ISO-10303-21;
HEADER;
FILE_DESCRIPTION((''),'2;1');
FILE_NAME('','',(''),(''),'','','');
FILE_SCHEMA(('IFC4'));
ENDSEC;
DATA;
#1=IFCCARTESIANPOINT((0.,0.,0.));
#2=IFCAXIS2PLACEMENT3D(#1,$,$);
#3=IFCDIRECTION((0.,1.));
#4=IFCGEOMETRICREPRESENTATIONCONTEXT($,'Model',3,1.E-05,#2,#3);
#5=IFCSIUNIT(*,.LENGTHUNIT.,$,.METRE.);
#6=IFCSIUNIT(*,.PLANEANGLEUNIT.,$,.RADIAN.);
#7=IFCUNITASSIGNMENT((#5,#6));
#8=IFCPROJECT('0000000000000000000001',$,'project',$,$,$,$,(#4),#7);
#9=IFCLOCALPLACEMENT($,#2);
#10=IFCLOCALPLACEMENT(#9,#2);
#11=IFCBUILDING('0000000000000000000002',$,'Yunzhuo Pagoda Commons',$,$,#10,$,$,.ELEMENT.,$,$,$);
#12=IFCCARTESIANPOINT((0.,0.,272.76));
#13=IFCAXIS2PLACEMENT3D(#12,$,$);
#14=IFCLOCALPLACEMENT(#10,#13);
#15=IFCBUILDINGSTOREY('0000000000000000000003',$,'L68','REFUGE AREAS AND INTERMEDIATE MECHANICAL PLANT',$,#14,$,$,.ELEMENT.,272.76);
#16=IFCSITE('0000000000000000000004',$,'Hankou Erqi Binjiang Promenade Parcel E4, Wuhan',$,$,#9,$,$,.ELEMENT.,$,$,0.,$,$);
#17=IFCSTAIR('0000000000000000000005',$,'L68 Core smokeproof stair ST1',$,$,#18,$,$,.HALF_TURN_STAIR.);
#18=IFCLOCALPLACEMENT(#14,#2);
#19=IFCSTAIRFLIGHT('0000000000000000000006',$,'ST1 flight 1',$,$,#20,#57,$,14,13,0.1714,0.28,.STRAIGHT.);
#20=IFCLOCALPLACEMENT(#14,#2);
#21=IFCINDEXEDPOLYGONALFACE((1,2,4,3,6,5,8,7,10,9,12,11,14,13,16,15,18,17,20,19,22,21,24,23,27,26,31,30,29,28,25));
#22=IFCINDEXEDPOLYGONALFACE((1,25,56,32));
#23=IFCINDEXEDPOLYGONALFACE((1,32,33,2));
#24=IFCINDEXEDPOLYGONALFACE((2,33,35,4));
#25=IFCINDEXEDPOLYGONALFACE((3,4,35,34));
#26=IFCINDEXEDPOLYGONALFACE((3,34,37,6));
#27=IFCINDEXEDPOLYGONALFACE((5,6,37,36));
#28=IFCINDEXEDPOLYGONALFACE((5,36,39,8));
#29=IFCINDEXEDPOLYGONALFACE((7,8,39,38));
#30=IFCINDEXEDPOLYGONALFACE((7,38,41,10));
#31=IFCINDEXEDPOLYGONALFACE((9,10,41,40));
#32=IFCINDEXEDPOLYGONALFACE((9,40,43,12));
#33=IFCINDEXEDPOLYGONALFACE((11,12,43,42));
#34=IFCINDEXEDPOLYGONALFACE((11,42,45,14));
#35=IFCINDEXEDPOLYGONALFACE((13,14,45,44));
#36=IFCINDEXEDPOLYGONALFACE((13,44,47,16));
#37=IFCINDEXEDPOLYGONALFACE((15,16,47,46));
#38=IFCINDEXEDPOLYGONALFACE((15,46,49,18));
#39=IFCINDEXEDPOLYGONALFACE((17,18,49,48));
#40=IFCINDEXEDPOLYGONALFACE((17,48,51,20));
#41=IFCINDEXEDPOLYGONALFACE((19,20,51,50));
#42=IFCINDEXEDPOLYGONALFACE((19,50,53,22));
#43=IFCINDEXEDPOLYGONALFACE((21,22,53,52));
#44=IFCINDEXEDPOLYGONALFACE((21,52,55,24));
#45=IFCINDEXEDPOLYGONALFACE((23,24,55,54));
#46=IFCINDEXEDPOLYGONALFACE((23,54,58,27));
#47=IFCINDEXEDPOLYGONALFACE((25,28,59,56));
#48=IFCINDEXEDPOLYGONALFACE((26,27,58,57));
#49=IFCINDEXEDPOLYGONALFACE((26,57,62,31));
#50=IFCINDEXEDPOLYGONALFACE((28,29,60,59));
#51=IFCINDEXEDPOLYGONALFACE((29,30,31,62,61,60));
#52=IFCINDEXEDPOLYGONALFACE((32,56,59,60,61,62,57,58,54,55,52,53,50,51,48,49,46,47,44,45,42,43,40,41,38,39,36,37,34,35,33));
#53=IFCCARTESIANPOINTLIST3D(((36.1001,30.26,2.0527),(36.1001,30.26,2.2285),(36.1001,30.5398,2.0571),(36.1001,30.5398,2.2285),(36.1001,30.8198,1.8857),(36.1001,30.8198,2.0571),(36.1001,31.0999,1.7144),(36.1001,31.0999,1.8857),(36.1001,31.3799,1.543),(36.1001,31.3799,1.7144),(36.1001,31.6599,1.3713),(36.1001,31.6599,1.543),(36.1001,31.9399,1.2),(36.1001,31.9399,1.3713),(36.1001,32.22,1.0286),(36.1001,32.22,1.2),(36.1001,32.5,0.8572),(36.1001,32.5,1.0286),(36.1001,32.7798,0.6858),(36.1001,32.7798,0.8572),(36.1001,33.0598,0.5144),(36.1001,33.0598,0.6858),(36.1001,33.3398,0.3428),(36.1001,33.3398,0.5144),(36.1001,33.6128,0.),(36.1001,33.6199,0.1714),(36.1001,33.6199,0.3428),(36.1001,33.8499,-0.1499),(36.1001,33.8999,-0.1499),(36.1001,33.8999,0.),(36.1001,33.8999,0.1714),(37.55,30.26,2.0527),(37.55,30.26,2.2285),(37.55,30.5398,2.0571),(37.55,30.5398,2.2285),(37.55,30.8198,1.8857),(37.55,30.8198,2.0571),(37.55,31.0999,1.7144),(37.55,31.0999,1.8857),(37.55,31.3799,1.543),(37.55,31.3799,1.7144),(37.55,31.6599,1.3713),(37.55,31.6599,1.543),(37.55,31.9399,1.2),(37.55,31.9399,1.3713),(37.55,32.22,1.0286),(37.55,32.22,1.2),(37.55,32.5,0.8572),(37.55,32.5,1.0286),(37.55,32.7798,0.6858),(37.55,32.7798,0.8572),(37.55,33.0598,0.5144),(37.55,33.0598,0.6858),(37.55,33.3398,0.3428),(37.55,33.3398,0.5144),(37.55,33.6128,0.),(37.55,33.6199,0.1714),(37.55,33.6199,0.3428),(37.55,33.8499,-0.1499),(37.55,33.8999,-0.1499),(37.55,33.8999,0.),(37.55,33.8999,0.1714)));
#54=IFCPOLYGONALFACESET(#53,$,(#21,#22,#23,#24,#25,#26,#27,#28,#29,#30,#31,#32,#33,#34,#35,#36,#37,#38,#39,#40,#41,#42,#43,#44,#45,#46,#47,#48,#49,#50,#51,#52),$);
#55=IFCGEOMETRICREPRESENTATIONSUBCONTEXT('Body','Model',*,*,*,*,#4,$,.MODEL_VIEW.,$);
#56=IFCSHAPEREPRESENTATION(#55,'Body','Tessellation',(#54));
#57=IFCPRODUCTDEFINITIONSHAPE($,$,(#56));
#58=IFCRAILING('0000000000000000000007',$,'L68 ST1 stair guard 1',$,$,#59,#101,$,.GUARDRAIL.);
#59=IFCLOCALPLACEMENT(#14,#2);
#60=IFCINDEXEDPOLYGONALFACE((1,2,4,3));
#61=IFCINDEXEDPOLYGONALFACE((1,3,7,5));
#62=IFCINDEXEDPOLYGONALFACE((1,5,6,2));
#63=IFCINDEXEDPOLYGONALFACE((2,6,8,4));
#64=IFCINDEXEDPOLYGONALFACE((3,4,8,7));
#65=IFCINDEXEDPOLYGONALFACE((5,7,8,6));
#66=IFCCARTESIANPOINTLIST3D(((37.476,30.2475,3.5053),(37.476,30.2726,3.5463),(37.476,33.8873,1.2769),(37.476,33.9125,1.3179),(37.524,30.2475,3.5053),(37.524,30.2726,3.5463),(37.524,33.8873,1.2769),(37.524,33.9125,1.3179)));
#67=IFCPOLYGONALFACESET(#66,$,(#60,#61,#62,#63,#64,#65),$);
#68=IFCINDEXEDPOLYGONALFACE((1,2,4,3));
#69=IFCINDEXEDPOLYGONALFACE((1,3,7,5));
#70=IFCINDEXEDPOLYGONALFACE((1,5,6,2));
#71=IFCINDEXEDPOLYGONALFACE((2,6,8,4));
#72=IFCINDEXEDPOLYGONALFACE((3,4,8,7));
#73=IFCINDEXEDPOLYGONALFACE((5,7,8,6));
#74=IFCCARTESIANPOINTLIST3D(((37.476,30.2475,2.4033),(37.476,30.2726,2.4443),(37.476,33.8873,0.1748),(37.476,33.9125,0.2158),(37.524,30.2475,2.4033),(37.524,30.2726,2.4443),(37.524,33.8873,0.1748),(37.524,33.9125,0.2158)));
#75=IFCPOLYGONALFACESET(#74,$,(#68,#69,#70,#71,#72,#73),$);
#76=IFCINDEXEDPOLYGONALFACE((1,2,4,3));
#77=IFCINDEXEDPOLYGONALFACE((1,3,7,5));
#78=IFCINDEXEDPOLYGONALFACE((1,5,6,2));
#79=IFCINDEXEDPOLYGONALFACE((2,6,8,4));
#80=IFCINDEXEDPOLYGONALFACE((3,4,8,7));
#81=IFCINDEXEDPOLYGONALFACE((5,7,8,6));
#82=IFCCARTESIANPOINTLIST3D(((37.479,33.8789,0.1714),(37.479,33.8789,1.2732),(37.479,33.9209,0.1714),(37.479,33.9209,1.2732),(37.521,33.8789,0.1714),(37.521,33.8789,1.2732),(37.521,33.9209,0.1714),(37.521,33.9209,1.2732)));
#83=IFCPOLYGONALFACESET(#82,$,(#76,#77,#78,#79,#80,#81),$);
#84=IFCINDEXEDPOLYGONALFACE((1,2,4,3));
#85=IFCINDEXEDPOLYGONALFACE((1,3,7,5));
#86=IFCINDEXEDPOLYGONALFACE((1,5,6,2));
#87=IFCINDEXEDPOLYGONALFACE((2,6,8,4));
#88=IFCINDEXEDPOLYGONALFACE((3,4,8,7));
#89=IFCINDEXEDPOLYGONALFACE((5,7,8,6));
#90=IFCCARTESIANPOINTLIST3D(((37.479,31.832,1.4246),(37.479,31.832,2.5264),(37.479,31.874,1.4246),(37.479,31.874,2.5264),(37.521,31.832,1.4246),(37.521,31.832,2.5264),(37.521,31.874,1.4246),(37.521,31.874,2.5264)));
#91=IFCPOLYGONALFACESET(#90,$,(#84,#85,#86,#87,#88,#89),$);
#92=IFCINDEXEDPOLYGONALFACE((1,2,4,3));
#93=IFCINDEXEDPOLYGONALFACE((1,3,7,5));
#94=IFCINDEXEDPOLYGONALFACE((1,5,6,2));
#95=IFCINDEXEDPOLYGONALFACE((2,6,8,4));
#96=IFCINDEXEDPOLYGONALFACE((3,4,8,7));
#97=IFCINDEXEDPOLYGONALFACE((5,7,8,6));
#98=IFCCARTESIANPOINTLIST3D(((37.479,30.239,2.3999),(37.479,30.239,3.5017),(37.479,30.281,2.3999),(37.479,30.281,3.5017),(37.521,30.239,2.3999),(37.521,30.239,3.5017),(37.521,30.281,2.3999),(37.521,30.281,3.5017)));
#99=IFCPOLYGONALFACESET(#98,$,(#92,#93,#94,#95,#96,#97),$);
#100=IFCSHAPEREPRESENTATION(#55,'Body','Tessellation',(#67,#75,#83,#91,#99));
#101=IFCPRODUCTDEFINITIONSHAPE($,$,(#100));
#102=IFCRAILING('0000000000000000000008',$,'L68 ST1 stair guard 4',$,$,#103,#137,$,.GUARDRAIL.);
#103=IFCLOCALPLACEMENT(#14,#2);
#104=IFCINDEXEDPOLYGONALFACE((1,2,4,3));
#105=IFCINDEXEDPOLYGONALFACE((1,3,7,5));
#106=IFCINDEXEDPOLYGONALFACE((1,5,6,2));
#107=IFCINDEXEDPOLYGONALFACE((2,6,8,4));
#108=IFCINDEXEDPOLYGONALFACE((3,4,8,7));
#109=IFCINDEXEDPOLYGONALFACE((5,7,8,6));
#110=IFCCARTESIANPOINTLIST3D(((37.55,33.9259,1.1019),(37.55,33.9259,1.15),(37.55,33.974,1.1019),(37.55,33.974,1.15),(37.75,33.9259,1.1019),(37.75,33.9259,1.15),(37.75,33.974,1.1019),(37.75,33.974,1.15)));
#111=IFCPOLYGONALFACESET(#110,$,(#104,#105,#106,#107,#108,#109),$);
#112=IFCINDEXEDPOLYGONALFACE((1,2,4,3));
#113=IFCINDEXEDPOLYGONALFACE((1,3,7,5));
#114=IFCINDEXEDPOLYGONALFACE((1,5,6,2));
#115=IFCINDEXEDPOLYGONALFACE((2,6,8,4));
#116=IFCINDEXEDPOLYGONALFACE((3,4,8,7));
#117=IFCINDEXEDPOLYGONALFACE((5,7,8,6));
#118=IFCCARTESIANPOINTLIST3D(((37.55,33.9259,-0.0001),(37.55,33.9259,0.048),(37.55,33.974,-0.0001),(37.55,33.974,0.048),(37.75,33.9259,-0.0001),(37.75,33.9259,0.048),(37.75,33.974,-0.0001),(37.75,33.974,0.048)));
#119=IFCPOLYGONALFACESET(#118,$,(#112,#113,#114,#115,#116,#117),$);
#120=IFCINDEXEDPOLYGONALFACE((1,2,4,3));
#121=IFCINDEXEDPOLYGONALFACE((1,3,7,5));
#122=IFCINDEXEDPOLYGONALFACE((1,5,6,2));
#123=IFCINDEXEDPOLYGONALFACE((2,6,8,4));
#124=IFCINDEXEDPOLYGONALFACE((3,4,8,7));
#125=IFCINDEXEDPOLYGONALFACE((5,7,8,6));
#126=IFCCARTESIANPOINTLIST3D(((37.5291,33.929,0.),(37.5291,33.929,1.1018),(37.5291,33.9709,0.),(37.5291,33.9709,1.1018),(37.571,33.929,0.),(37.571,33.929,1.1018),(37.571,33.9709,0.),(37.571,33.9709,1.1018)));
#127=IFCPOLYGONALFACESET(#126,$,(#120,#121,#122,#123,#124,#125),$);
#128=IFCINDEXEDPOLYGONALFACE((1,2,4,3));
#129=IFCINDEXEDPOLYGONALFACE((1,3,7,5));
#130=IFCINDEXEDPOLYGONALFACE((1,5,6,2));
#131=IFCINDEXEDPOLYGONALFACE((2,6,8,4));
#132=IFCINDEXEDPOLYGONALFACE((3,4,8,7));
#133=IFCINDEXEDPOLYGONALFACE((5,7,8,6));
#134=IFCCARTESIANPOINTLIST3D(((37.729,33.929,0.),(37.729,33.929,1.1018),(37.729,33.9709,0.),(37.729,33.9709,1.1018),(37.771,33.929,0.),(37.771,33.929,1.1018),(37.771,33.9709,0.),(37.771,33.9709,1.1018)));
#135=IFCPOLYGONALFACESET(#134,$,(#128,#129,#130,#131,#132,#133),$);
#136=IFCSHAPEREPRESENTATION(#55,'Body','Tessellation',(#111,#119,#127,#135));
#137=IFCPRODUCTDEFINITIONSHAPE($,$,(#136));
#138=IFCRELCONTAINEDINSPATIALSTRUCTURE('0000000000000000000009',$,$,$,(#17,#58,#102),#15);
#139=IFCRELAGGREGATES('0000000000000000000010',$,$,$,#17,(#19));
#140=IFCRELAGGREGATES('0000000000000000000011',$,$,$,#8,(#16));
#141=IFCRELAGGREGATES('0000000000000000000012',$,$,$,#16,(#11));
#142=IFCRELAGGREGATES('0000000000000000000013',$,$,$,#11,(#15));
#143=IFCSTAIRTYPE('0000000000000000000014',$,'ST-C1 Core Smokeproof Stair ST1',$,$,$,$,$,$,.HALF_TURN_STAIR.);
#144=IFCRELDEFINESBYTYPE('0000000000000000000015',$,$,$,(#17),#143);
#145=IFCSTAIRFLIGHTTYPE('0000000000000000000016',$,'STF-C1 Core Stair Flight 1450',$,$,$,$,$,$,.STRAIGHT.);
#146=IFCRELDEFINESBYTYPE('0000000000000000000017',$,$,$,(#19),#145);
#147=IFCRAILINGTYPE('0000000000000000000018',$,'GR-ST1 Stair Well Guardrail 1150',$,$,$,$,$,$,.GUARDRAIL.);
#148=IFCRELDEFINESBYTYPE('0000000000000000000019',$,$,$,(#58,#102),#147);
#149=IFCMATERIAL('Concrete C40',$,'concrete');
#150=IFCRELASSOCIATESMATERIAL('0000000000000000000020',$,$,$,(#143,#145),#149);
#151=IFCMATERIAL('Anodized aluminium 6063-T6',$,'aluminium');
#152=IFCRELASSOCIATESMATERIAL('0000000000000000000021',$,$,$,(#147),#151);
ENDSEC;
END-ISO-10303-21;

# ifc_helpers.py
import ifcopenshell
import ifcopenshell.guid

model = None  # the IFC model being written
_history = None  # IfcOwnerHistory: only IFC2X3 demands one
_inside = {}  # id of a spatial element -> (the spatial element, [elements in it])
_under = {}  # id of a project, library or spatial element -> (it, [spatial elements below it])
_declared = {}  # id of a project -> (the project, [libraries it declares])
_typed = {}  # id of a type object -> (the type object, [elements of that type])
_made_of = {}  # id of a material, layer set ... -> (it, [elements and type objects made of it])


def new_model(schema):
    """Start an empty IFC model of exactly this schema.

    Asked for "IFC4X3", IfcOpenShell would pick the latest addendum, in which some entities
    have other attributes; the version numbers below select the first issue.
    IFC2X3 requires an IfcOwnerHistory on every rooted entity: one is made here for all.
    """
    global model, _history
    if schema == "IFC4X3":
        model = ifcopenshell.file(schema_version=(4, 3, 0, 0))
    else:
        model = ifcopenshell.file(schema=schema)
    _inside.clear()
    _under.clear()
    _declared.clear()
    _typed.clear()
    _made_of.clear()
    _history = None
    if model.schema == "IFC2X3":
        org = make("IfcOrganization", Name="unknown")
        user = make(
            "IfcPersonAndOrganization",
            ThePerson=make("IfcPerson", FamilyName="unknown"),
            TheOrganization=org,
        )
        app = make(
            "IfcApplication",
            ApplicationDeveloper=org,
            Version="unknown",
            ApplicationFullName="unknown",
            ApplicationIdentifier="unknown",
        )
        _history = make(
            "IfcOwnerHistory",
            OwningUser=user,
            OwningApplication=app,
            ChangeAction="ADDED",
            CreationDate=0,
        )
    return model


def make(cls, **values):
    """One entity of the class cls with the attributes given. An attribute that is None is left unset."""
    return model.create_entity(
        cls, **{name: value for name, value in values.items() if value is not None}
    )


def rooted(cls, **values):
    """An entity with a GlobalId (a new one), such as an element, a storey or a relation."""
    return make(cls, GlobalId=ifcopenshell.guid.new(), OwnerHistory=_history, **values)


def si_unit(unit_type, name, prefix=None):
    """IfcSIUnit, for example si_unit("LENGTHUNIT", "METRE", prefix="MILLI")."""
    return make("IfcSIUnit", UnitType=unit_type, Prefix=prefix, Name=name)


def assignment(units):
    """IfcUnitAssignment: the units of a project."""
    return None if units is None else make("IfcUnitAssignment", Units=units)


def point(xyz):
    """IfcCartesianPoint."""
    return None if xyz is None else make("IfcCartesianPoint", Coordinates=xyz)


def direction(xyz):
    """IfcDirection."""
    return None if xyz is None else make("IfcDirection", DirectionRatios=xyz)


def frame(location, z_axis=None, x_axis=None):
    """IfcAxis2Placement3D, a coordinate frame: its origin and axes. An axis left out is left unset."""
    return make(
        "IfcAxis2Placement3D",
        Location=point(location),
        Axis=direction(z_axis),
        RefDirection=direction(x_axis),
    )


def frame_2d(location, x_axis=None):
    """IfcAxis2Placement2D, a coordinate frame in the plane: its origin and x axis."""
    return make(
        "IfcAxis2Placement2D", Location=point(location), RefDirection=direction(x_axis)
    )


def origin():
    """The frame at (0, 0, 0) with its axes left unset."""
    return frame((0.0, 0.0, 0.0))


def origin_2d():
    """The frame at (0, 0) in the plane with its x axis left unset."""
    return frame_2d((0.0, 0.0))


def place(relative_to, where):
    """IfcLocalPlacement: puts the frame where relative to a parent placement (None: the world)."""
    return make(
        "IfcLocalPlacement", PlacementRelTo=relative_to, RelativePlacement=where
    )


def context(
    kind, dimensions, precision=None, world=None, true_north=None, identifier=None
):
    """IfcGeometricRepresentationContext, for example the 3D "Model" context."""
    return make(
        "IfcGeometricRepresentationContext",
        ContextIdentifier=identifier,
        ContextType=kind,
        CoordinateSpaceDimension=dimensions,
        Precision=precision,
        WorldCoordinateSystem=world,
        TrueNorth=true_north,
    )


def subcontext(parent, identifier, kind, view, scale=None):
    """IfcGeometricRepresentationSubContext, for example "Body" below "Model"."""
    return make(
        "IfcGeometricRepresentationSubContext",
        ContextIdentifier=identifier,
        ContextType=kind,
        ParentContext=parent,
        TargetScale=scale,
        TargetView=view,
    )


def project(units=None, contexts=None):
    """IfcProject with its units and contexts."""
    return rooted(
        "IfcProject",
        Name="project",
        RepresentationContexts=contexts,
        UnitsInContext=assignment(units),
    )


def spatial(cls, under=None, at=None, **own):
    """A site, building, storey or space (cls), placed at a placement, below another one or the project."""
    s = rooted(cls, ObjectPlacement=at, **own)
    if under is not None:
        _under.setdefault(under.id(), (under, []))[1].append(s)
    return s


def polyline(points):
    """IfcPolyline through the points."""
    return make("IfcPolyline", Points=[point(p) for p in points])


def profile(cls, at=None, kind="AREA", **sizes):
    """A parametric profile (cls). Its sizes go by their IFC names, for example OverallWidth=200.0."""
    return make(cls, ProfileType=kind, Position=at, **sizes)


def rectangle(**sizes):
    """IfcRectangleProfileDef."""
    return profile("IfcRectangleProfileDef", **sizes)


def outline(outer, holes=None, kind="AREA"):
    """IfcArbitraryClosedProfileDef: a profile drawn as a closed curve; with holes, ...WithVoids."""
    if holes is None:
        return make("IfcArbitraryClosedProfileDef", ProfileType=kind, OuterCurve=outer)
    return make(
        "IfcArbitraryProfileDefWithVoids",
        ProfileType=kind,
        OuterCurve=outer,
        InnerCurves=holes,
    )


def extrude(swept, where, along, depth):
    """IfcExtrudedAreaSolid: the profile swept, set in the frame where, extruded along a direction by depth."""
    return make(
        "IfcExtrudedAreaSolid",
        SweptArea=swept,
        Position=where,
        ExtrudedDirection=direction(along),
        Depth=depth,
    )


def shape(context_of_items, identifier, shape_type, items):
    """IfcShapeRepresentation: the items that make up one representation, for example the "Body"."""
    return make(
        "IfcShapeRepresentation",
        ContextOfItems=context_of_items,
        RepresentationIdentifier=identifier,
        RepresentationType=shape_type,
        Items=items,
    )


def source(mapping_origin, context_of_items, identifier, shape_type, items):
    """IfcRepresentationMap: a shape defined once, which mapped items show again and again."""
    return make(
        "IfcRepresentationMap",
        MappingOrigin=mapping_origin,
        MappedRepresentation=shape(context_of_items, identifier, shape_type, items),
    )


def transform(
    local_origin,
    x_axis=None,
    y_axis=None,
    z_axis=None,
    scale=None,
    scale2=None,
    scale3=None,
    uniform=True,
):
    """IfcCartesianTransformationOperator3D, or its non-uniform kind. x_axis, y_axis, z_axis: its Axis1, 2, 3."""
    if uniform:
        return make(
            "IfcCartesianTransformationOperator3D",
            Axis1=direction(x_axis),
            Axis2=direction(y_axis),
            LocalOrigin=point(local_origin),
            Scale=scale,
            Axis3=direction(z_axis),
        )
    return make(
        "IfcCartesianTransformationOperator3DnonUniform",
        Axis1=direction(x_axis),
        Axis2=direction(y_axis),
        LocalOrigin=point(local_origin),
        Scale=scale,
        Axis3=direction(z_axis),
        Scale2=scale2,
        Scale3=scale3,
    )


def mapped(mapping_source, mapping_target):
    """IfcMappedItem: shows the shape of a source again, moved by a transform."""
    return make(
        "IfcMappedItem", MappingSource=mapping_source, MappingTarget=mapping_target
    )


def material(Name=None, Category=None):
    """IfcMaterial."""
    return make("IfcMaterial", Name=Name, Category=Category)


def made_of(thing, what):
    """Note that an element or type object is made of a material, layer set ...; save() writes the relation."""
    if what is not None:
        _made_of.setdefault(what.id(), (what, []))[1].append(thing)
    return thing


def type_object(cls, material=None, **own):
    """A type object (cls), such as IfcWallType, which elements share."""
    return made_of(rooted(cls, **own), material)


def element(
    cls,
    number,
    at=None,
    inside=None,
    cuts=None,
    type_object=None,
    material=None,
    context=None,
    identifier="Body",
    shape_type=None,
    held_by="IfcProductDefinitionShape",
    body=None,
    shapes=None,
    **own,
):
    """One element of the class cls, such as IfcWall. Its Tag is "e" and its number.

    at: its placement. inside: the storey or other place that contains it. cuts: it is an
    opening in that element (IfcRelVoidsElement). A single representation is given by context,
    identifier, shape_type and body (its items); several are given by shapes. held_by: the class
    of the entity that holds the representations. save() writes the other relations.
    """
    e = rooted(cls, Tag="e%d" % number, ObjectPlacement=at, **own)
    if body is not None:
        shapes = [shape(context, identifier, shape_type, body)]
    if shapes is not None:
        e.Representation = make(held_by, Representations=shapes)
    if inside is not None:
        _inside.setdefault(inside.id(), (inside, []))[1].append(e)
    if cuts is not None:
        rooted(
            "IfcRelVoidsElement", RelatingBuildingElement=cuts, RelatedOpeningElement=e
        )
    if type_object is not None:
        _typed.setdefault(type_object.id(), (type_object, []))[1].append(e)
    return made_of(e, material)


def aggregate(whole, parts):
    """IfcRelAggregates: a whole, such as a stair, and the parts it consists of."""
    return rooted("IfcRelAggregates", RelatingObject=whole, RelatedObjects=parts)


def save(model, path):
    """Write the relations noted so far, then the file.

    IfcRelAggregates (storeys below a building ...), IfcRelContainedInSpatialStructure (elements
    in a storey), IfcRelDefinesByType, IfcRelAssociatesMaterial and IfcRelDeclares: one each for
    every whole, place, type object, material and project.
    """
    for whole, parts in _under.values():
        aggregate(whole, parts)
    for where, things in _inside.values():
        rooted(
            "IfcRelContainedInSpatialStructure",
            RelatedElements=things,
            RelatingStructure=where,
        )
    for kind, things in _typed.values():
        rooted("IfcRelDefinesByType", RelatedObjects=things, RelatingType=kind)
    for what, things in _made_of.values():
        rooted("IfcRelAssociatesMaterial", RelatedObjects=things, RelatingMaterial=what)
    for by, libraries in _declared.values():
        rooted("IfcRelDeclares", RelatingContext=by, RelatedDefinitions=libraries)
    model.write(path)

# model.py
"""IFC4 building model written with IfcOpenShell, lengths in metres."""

from ifc_helpers import new_model, si_unit, direction, frame, origin, origin_2d, place, context, subcontext, project, spatial, polyline, rectangle, outline, extrude, source, transform, mapped, material, type_object, element, aggregate, save


model = new_model("IFC4")

# Units and contexts
model_context = context("Model", 3, precision=1e-05, world=origin(), true_north=direction((0.0, 1.0)))
body_context = subcontext(model_context, "Body", "Model", "MODEL_VIEW")
ifc_project = project(units=[si_unit("LENGTHUNIT", "METRE"), si_unit("PLANEANGLEUNIT", "RADIAN")], contexts=[model_context])

# Site, building, storey
site_placement = place(None, origin())
site = spatial("IfcSite", under=ifc_project, at=site_placement, Name="Hankou Erqi Binjiang Promenade Parcel E4, Wuhan", CompositionType="ELEMENT", RefElevation=0.0)
building_placement = place(site_placement, origin())
building = spatial("IfcBuilding", under=site, at=building_placement, Name="Yunzhuo Pagoda Commons", CompositionType="ELEMENT")
storey_placement = place(building_placement, frame((0.0, 0.0, 272.76)))
storey = spatial("IfcBuildingStorey", under=building, at=storey_placement, Name="L68", Description="REFUGE AREAS AND INTERMEDIATE MECHANICAL PLANT", CompositionType="ELEMENT", Elevation=272.76)

# Shared definitions
ifc_material_1 = material(Name="Concrete C40", Category="concrete")

# Stair, stair flight
stair_type = type_object("IfcStairType", Name="ST-C1 Core Smokeproof Stair ST1", PredefinedType="HALF_TURN_STAIR", material=ifc_material_1)
stair_placement = place(storey_placement, origin())
stair = element("IfcStair", 1, at=stair_placement, inside=storey, type_object=stair_type, Name="L68 Core smokeproof stair ST1", PredefinedType="HALF_TURN_STAIR")
stair_flight_type = type_object("IfcStairFlightType", Name="STF-C1 Core Stair Flight 1450", PredefinedType="STRAIGHT", material=ifc_material_1)
shared_shape_1 = source(origin(), body_context, "Body", "SweptSolid", [
    extrude(outline(polyline([(0.0, -0.1499), (0.0, 0.0), (0.0, 0.1714), (0.28, 0.1714), (0.28, 0.3428), (0.5601, 0.3428), (0.5601, 0.5144), (0.8401, 0.5144), (0.8401, 0.6858), (1.1201, 0.6858), (1.1201, 0.8572), (1.3999, 0.8572), (1.3999, 1.0286), (1.6799, 1.0286), (1.6799, 1.2), (1.96, 1.2), (1.96, 1.3713), (2.24, 1.3713), (2.24, 1.543), (2.52, 1.543), (2.52, 1.7144), (2.8, 1.7144), (2.8, 1.8857), (3.0801, 1.8857), (3.0801, 2.0571), (3.3601, 2.0571), (3.3601, 2.2285), (3.6399, 2.2285), (3.6399, 2.3999), (3.6399, 2.0527), (0.2871, 0.0), (0.05, -0.1499), (0.0, -0.1499)])), frame((0.0, 0.7251, 0.0), z_axis=(0.0, -1.0, 0.0), x_axis=(1.0, 0.0, 0.0)), (0.0, 0.0, 1.0), 1.45),
])
stair_flight_placement = place(storey_placement, frame((36.825, 33.8999, 0.0), z_axis=(0.0, 0.0, 1.0), x_axis=(0.0, -1.0, 0.0)))
stair_flight = element("IfcStairFlight", 2, at=stair_flight_placement, type_object=stair_flight_type, Name="ST1 flight 1", NumberOfRisers=14, NumberOfTreads=13, PredefinedType="STRAIGHT", RiserHeight=0.1714, TreadLength=0.28, context=body_context, shape_type="MappedRepresentation", body=[
    mapped(shared_shape_1, transform((0.0, 0.0, 0.0), scale=1.0)),
])
aggregate(stair, [stair_flight])

# Railings
ifc_material_2 = material(Name="Anodized aluminium 6063-T6", Category="aluminium")
railing_type = type_object("IfcRailingType", Name="GR-ST1 Stair Well Guardrail 1150", PredefinedType="GUARDRAIL", material=ifc_material_2)
railing_1_placement = place(storey_placement, frame((37.5, 33.8999, 0.1714)))
element("IfcRailing", 3, at=railing_1_placement, inside=storey, type_object=railing_type, Name="L68 ST1 stair guard 1", PredefinedType="GUARDRAIL", context=body_context, shape_type="SweptSolid", body=[
    extrude(rectangle(XDim=0.0481, YDim=0.0481, at=origin_2d()), frame((0.0, 0.0, 1.126), z_axis=(0.0, -0.85285, 0.522156), x_axis=(1.0, 0.0, 0.0)), (0.0, 0.0, 1.0), 4.2678),
    extrude(rectangle(XDim=0.0481, YDim=0.0481, at=origin_2d()), frame((0.0, 0.0, 0.0239), z_axis=(0.0, -0.85285, 0.522156), x_axis=(1.0, 0.0, 0.0)), (0.0, 0.0, 1.0), 4.2678),
    extrude(rectangle(XDim=0.042, YDim=0.042, at=origin_2d()), origin(), (0.0, 0.0, 1.0), 1.1018),
    extrude(rectangle(XDim=0.042, YDim=0.042, at=origin_2d()), frame((0.0, -2.0469, 1.2532)), (0.0, 0.0, 1.0), 1.1018),
    extrude(rectangle(XDim=0.042, YDim=0.042, at=origin_2d()), frame((0.0, -3.6399, 2.2285)), (0.0, 0.0, 1.0), 1.1018),
])
railing_2_placement = place(storey_placement, frame((37.55, 33.95, 0.0)))
element("IfcRailing", 4, at=railing_2_placement, inside=storey, type_object=railing_type, Name="L68 ST1 stair guard 4", PredefinedType="GUARDRAIL", context=body_context, shape_type="SweptSolid", body=[
    extrude(rectangle(XDim=0.0481, YDim=0.0481, at=origin_2d()), frame((0.0, 0.0, 1.126), z_axis=(1.0, 0.0, 0.0), x_axis=(0.0, 1.0, 0.0)), (0.0, 0.0, 1.0), 0.2),
    extrude(rectangle(XDim=0.0481, YDim=0.0481, at=origin_2d()), frame((0.0, 0.0, 0.0239), z_axis=(1.0, 0.0, 0.0), x_axis=(0.0, 1.0, 0.0)), (0.0, 0.0, 1.0), 0.2),
    extrude(rectangle(XDim=0.042, YDim=0.042, at=origin_2d()), origin(), (0.0, 0.0, 1.0), 1.1018),
    extrude(rectangle(XDim=0.042, YDim=0.042, at=origin_2d()), frame((0.2, 0.0, 0.0)), (0.0, 0.0, 1.0), 1.1018),
])

save(model, "model.ifc")
